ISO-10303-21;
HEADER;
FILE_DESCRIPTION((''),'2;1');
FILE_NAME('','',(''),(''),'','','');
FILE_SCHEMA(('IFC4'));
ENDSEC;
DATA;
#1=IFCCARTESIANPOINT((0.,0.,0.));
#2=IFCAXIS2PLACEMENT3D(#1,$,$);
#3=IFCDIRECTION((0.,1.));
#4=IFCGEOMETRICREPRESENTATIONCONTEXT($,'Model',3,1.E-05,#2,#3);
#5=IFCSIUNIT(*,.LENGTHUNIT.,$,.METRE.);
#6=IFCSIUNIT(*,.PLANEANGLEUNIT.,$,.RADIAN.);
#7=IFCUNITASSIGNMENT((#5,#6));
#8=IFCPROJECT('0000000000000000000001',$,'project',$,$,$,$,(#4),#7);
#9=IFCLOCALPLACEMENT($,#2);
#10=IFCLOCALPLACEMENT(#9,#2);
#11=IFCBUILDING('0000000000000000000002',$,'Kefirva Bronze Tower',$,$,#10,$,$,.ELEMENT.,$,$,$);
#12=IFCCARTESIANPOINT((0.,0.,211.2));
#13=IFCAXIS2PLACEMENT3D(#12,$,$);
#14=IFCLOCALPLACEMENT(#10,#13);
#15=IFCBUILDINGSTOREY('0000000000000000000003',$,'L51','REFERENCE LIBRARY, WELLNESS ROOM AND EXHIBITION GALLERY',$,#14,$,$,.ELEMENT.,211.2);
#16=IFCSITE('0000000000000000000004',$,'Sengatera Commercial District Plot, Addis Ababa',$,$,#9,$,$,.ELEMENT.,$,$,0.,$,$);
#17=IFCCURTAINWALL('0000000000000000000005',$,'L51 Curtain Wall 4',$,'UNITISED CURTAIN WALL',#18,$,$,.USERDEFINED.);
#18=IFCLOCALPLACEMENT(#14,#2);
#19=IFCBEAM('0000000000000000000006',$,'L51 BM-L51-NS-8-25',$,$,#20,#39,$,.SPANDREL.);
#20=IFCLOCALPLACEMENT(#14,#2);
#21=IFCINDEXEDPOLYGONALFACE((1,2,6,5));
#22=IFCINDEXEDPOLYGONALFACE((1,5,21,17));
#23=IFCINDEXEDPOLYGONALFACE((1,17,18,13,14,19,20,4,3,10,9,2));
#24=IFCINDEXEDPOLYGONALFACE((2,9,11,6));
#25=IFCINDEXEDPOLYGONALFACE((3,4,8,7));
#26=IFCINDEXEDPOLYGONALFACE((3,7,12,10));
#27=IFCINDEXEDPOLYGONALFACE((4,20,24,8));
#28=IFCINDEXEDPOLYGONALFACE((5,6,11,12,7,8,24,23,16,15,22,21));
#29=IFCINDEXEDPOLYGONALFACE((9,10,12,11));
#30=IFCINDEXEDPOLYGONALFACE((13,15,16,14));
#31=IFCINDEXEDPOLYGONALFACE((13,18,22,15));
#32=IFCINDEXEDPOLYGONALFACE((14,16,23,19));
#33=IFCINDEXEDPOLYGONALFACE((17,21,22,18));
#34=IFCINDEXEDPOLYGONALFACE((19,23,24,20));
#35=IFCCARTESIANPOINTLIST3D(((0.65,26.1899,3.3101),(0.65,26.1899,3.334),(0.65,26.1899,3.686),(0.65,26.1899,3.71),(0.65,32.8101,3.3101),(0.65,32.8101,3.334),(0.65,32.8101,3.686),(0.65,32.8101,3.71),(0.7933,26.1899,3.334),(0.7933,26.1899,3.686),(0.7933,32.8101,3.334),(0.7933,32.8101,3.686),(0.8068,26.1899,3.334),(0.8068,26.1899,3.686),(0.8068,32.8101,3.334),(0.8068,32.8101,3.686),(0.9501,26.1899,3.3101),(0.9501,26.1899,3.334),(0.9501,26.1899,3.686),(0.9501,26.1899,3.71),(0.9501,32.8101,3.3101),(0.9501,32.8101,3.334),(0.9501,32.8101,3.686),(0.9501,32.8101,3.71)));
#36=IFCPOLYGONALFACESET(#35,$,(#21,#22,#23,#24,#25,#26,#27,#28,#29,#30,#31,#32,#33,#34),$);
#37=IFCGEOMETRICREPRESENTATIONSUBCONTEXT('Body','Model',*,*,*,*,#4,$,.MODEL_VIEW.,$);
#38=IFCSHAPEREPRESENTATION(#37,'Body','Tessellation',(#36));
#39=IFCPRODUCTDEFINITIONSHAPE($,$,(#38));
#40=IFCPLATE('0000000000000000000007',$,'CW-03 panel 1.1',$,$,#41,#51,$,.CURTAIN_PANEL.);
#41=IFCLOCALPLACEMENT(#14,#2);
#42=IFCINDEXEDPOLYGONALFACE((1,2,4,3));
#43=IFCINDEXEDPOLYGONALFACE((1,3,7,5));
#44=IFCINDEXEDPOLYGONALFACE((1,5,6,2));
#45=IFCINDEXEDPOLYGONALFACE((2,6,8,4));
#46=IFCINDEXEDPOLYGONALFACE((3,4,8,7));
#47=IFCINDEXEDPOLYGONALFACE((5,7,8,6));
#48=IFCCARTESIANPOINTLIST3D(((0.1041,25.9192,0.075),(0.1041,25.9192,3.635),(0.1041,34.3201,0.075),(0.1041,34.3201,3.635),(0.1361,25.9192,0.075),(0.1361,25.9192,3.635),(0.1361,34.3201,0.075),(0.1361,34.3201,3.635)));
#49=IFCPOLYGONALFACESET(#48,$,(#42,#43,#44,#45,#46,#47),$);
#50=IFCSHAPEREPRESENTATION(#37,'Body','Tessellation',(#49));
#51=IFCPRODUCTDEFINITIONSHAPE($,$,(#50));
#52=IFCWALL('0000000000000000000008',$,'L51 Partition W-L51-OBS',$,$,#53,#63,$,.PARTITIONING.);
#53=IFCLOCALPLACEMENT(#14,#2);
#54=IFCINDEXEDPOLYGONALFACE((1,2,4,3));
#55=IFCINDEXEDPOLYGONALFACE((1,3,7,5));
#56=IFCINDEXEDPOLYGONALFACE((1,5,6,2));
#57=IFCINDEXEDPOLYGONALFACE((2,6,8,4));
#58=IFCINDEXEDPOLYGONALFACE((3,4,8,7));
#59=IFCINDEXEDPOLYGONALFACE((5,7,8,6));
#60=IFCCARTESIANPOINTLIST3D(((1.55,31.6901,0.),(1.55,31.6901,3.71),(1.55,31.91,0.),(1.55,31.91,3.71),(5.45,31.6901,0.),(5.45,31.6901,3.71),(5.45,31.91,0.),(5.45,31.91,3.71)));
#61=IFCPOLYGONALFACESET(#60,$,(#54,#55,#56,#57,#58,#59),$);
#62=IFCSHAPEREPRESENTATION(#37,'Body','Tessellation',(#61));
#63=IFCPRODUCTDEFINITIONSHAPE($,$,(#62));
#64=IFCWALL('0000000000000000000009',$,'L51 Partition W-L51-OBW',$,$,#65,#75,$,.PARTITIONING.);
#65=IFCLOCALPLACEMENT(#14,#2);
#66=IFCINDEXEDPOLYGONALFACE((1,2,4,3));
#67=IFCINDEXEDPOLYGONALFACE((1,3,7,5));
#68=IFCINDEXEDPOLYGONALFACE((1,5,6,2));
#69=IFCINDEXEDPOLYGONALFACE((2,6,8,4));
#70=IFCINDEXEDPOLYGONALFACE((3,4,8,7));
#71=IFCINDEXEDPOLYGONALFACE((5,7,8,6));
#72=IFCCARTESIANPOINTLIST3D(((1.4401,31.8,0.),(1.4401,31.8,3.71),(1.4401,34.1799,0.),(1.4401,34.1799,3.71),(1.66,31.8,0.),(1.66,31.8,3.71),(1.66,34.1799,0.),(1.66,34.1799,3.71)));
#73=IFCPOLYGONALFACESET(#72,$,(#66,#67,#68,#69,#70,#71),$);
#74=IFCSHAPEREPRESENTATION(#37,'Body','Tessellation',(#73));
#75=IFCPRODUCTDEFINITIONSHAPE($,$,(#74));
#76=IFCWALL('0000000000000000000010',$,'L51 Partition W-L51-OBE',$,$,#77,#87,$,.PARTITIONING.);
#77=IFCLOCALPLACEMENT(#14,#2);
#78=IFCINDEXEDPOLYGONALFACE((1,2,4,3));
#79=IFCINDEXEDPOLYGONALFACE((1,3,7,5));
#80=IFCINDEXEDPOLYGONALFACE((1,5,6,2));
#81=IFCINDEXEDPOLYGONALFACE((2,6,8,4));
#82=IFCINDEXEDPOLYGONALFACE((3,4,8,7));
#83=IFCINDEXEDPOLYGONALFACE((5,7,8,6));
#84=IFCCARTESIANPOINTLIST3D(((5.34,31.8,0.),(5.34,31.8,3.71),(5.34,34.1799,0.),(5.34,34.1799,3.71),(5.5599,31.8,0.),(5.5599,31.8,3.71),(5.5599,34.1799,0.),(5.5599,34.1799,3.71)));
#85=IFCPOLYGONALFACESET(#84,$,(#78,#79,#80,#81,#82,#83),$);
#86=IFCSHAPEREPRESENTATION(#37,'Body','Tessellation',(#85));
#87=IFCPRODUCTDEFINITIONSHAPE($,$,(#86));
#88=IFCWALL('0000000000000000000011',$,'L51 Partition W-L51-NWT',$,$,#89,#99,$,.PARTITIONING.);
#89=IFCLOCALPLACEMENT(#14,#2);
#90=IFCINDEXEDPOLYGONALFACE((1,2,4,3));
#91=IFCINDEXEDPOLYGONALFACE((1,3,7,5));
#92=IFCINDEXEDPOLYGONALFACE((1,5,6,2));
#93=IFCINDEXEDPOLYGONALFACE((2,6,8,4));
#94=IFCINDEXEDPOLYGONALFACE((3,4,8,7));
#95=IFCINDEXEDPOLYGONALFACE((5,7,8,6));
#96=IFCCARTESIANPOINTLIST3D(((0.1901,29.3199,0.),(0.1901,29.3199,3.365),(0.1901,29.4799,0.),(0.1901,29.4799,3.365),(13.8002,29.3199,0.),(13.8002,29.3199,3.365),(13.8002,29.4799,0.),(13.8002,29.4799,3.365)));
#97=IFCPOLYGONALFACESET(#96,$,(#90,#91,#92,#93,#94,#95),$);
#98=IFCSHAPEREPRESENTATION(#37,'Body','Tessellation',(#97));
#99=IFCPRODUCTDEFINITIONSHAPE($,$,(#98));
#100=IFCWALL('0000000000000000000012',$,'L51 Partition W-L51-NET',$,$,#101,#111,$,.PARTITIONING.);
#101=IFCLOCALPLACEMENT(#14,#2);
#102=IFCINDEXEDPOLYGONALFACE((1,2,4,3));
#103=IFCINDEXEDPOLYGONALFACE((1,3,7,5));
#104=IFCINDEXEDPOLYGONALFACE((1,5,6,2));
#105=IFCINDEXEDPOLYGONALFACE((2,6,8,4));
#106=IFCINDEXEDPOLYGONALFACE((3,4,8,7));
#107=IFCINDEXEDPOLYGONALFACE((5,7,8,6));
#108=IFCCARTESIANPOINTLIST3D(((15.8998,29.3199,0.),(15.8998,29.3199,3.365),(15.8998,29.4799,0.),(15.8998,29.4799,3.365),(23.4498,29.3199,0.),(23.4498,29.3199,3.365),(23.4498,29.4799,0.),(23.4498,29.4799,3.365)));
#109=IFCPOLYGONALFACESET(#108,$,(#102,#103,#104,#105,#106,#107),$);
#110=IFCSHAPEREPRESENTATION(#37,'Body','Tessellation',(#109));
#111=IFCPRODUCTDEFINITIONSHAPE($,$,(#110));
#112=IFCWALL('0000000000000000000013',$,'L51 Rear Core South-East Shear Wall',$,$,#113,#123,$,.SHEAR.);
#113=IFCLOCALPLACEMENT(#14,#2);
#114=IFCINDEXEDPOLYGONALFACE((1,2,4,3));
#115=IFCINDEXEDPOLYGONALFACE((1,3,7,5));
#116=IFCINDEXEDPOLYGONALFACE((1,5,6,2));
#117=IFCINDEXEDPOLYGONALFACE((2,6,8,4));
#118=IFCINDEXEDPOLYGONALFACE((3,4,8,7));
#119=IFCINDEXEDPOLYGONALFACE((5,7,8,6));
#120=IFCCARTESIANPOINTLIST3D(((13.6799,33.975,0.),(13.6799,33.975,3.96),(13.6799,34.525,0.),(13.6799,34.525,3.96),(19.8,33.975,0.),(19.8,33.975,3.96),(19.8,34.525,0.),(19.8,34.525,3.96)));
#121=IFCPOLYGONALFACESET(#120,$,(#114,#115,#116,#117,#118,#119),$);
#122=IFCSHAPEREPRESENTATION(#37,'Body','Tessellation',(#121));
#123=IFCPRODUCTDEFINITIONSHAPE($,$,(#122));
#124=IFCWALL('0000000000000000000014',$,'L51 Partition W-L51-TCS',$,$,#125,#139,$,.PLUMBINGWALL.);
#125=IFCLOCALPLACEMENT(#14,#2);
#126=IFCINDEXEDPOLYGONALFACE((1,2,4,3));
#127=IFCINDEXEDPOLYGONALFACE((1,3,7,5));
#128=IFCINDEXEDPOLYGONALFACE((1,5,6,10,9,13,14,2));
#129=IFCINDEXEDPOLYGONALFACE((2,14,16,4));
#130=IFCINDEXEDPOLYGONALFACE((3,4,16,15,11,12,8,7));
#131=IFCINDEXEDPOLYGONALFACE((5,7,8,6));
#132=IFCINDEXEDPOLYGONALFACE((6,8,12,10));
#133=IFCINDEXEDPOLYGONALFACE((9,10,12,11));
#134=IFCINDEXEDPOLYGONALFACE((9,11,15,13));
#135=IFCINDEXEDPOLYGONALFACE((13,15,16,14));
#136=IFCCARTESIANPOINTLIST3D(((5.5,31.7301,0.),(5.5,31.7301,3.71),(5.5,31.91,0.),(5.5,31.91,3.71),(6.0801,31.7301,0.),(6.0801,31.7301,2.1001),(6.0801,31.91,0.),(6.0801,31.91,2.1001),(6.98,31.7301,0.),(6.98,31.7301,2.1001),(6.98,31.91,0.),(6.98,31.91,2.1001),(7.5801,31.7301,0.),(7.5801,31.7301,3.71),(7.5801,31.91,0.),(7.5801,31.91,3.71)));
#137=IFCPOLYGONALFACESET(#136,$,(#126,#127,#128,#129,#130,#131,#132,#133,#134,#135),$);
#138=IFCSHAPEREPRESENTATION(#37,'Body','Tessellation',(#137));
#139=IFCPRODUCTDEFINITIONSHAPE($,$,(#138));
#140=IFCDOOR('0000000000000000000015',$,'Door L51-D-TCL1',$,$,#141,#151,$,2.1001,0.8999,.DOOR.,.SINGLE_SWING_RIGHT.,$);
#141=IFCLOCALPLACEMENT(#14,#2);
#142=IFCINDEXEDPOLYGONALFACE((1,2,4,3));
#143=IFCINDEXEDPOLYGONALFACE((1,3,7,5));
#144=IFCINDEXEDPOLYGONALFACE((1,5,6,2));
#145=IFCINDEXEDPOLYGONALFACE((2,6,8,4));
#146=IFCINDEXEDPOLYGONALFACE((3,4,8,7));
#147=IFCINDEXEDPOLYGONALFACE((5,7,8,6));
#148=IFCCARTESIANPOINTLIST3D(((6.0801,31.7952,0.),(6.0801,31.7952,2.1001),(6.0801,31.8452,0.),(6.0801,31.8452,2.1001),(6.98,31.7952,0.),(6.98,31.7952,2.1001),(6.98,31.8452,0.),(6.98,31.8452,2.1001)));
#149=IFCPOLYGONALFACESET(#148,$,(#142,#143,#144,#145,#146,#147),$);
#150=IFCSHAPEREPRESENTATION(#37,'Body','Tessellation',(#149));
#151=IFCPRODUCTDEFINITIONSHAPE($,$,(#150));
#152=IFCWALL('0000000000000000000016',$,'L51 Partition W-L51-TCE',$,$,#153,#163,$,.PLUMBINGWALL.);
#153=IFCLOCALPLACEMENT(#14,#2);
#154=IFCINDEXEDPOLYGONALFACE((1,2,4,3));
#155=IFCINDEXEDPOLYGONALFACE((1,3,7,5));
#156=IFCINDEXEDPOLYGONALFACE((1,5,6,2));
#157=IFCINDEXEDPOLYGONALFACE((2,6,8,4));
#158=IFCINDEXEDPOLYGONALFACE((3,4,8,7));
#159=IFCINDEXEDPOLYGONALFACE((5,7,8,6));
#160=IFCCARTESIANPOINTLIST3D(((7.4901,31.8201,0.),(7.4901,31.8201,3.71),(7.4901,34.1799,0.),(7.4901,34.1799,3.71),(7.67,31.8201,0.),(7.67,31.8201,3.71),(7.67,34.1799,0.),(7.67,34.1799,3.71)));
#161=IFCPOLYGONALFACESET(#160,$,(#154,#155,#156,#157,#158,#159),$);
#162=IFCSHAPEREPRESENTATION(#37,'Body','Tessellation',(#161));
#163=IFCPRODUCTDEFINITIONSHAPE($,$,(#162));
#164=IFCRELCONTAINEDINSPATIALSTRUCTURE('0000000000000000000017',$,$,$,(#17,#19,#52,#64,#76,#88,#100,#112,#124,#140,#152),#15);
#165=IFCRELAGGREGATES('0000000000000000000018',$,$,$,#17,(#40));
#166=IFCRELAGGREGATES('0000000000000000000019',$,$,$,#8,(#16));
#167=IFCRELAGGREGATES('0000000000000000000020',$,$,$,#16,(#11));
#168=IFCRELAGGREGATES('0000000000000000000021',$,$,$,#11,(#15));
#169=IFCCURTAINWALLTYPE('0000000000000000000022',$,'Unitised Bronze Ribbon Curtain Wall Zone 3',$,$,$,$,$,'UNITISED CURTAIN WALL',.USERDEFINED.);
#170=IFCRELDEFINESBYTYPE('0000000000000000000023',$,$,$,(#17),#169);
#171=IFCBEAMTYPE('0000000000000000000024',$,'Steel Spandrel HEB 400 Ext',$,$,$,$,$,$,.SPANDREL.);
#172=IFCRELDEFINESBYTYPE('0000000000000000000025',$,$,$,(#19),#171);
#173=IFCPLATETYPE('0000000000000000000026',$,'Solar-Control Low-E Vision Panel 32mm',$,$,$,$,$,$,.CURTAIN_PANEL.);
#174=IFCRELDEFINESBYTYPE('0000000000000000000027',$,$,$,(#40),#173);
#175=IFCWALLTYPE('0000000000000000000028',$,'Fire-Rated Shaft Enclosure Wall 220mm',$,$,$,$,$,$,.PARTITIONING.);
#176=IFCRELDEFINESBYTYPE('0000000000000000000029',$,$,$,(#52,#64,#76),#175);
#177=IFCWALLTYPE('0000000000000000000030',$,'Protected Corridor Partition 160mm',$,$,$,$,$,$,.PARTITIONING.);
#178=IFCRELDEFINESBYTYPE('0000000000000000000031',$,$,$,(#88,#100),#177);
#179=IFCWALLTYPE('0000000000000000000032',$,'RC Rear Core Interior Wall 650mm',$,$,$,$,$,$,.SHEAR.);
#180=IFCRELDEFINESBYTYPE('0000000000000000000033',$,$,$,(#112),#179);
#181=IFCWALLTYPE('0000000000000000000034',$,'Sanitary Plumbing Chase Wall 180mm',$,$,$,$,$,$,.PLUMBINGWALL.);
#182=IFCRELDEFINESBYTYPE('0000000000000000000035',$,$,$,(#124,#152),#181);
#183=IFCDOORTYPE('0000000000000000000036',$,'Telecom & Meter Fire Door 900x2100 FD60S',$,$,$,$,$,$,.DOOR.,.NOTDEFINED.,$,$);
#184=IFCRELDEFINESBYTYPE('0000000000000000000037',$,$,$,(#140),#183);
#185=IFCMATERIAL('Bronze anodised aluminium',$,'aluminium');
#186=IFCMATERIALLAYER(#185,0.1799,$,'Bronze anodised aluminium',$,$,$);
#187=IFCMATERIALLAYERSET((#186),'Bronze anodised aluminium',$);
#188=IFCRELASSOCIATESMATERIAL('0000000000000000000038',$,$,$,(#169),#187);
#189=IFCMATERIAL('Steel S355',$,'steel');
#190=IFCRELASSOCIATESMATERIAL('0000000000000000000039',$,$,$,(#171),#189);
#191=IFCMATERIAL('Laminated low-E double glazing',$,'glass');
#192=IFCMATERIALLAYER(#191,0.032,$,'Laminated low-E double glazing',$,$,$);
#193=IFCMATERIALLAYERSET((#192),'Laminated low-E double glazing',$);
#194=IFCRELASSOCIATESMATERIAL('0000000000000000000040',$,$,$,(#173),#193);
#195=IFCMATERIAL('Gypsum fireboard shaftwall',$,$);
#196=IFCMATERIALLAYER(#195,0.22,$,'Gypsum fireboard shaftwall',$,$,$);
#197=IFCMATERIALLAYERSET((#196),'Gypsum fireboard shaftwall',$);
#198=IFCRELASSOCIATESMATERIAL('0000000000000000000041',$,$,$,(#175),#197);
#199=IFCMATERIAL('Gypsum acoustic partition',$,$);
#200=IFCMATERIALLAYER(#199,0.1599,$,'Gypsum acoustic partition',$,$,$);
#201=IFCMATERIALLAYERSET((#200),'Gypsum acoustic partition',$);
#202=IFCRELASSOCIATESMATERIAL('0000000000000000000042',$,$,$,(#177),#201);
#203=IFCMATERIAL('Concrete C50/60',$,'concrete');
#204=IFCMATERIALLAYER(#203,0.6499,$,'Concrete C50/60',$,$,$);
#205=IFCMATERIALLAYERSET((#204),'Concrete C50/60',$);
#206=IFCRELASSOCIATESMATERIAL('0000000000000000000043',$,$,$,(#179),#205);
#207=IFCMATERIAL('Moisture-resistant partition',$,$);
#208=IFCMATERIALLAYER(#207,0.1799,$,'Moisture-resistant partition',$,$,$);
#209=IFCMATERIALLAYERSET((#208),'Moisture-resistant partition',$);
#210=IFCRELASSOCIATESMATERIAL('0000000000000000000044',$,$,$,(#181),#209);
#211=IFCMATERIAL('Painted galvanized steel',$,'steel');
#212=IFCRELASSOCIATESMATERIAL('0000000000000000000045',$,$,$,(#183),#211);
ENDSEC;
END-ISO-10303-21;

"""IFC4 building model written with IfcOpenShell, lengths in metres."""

from ifc_helpers import new_model, si_unit, direction, frame, frame_2d, origin, origin_2d, place, context, subcontext, project, spatial, rectangle, i_section, extrude, material, layer, layer_set, material_profile, profile_set, type_object, element, fill, aggregate, save


model = new_model("IFC4")

# Units and contexts
model_context = context("Model", 3, precision=1e-05, world=origin(), true_north=direction((0.0, 1.0)))
body_context = subcontext(model_context, "Body", "Model", "MODEL_VIEW")
ifc_project = project(units=[si_unit("LENGTHUNIT", "METRE"), si_unit("PLANEANGLEUNIT", "RADIAN")], contexts=[model_context])

# Site, building, storey
site_placement = place(None, origin())
site = spatial("IfcSite", under=ifc_project, at=site_placement, Name="Sengatera Commercial District Plot, Addis Ababa", CompositionType="ELEMENT", RefElevation=0.0)
building_placement = place(site_placement, origin())
building = spatial("IfcBuilding", under=site, at=building_placement, Name="Kefirva Bronze Tower", CompositionType="ELEMENT")
storey_placement = place(building_placement, frame((0.0, 0.0, 211.2)))
storey = spatial("IfcBuildingStorey", under=building, at=storey_placement, Name="L51", Description="REFERENCE LIBRARY, WELLNESS ROOM AND EXHIBITION GALLERY", CompositionType="ELEMENT", Elevation=211.2)

# Shared definitions
ifc_material_1 = material(Name="Concrete C50/60", Category="concrete")

# Curtain wall
ifc_material_2 = material(Name="Bronze anodised aluminium", Category="aluminium")
ifc_layer_1 = layer(ifc_material_2, 0.1799, Name="Bronze anodised aluminium")
ifc_layer_set_1 = layer_set([ifc_layer_1], Name="Bronze anodised aluminium")
curtain_wall_type = type_object("IfcCurtainWallType", Name="Unitised Bronze Ribbon Curtain Wall Zone 3", ElementType="UNITISED CURTAIN WALL", PredefinedType="USERDEFINED", material=ifc_layer_set_1)
curtain_wall_placement = place(storey_placement, origin())
curtain_wall = element("IfcCurtainWall", 1, at=curtain_wall_placement, inside=storey, type_object=curtain_wall_type, Name="L51 Curtain Wall 4", ObjectType="UNITISED CURTAIN WALL", PredefinedType="USERDEFINED")

# Beam
ifc_material_3 = material(Name="Steel S355", Category="steel")
ifc_material_profile_1 = material_profile(ifc_material_3, i_section(OverallWidth=0.3, OverallDepth=0.3999, WebThickness=0.0134, FlangeThickness=0.0239, at=origin_2d()), Name="HEB 400")
ifc_profile_set_1 = profile_set([ifc_material_profile_1], Name="Steel S355")
beam_type_1 = type_object("IfcBeamType", Name="Steel Spandrel HEB 400 Ext", PredefinedType="SPANDREL", material=ifc_profile_set_1)
beam_1_placement = place(storey_placement, frame((0.8, 26.1899, 3.51), z_axis=(0.0, 1.0, 0.0), x_axis=(-1.0, 0.0, 0.0)))
element("IfcBeam", 2, at=beam_1_placement, inside=storey, type_object=beam_type_1, Name="L51 BM-L51-NS-8-25", PredefinedType="SPANDREL", context=body_context, shape_type="SweptSolid", body=[
    extrude(i_section(OverallWidth=0.3, OverallDepth=0.3999, WebThickness=0.0134, FlangeThickness=0.0239, at=origin_2d()), origin(), (0.0, 0.0, 1.0), 6.6201),
])

# Plate
ifc_material_4 = material(Name="Laminated low-E double glazing", Category="glass")
ifc_layer_2 = layer(ifc_material_4, 0.032, Name="Laminated low-E double glazing")
ifc_layer_set_2 = layer_set([ifc_layer_2], Name="Laminated low-E double glazing")
plate_type = type_object("IfcPlateType", Name="Solar-Control Low-E Vision Panel 32mm", PredefinedType="CURTAIN_PANEL", material=ifc_layer_set_2)
plate_placement = place(storey_placement, frame((0.1201, 30.1196, 0.075), z_axis=(0.0, 0.0, 1.0), x_axis=(0.0, -1.0, 0.0)))
plate = element("IfcPlate", 3, at=plate_placement, type_object=plate_type, Name="CW-03 panel 1.1", PredefinedType="CURTAIN_PANEL", context=body_context, shape_type="SweptSolid", body=[
    extrude(rectangle(XDim=8.4009, YDim=0.032, at=origin_2d()), origin(), (0.0, 0.0, 1.0), 3.5601),
])
aggregate(curtain_wall, [plate])

# Walls
ifc_material_5 = material(Name="Gypsum fireboard shaftwall")
ifc_layer_3 = layer(ifc_material_5, 0.22, Name="Gypsum fireboard shaftwall")
ifc_layer_set_3 = layer_set([ifc_layer_3], Name="Gypsum fireboard shaftwall")
wall_type_1 = type_object("IfcWallType", Name="Fire-Rated Shaft Enclosure Wall 220mm", PredefinedType="PARTITIONING", material=ifc_layer_set_3)
wall_1_placement = place(storey_placement, frame((1.55, 31.8, 0.0), z_axis=(0.0, 0.0, 1.0), x_axis=(1.0, 0.0, 0.0)))
element("IfcWall", 4, at=wall_1_placement, inside=storey, type_object=wall_type_1, Name="L51 Partition W-L51-OBS", PredefinedType="PARTITIONING", context=body_context, shape_type="SweptSolid", body=[
    extrude(rectangle(XDim=3.8999, YDim=0.22, at=frame_2d((1.95, 0.0))), origin(), (0.0, 0.0, 1.0), 3.71),
])
for number, where, z_axis, x_axis, name in (
    (5, (1.55, 31.8, 0.0), (0.0, 0.0, 1.0), (0.0, 1.0, 0.0), "L51 Partition W-L51-OBW"),
    (6, (5.45, 31.8, 0.0), (0.0, 0.0, 1.0), (0.0, 1.0, 0.0), "L51 Partition W-L51-OBE"),
):
    element("IfcWall", number, at=place(storey_placement, frame(where, z_axis=z_axis, x_axis=x_axis)), inside=storey, type_object=wall_type_1, Name=name, PredefinedType="PARTITIONING", context=body_context, shape_type="SweptSolid", body=[
        extrude(rectangle(XDim=2.3799, YDim=0.22, at=frame_2d((1.1899, 0.0))), origin(), (0.0, 0.0, 1.0), 3.71),
    ])
ifc_material_6 = material(Name="Gypsum acoustic partition")
ifc_layer_4 = layer(ifc_material_6, 0.1599, Name="Gypsum acoustic partition")
ifc_layer_set_4 = layer_set([ifc_layer_4], Name="Gypsum acoustic partition")
wall_type_2 = type_object("IfcWallType", Name="Protected Corridor Partition 160mm", PredefinedType="PARTITIONING", material=ifc_layer_set_4)
wall_2_placement = place(storey_placement, frame((0.1899, 29.3999, 0.0), z_axis=(0.0, 0.0, 1.0), x_axis=(1.0, 0.0, 0.0)))
element("IfcWall", 7, at=wall_2_placement, inside=storey, type_object=wall_type_2, Name="L51 Partition W-L51-NWT", PredefinedType="PARTITIONING", context=body_context, shape_type="SweptSolid", body=[
    extrude(rectangle(XDim=13.6101, YDim=0.1599, at=frame_2d((6.8052, 0.0))), origin(), (0.0, 0.0, 1.0), 3.365),
])
wall_3_placement = place(storey_placement, frame((15.8999, 29.3999, 0.0), z_axis=(0.0, 0.0, 1.0), x_axis=(1.0, 0.0, 0.0)))
element("IfcWall", 8, at=wall_3_placement, inside=storey, type_object=wall_type_2, Name="L51 Partition W-L51-NET", PredefinedType="PARTITIONING", context=body_context, shape_type="SweptSolid", body=[
    extrude(rectangle(XDim=7.55, YDim=0.1599, at=frame_2d((3.7749, 0.0))), origin(), (0.0, 0.0, 1.0), 3.365),
])

# Shared definitions
ifc_layer_5 = layer(ifc_material_1, 0.6499, Name="Concrete C50/60")
ifc_layer_set_5 = layer_set([ifc_layer_5], Name="Concrete C50/60")
wall_type_3 = type_object("IfcWallType", Name="RC Rear Core Interior Wall 650mm", PredefinedType="SHEAR", material=ifc_layer_set_5)
ifc_material_7 = material(Name="Painted galvanized steel", Category="steel")

# Wall
wall_4_placement = place(storey_placement, frame((13.6799, 34.25, 0.0), z_axis=(0.0, 0.0, 1.0), x_axis=(1.0, 0.0, 0.0)))
element("IfcWall", 9, at=wall_4_placement, inside=storey, type_object=wall_type_3, Name="L51 Rear Core South-East Shear Wall", PredefinedType="SHEAR", context=body_context, shape_type="SweptSolid", body=[
    extrude(rectangle(XDim=6.1201, YDim=0.55, at=frame_2d((3.0601, 0.0))), origin(), (0.0, 0.0, 1.0), 3.96),
])

# Wall, opening, door
ifc_material_8 = material(Name="Moisture-resistant partition")
ifc_layer_6 = layer(ifc_material_8, 0.1799, Name="Moisture-resistant partition")
ifc_layer_set_6 = layer_set([ifc_layer_6], Name="Moisture-resistant partition")
wall_type_4 = type_object("IfcWallType", Name="Sanitary Plumbing Chase Wall 180mm", PredefinedType="PLUMBINGWALL", material=ifc_layer_set_6)
wall_5_placement = place(storey_placement, frame((5.5, 31.8201, 0.0), z_axis=(0.0, 0.0, 1.0), x_axis=(1.0, 0.0, 0.0)))
wall_5 = element("IfcWall", 10, at=wall_5_placement, inside=storey, type_object=wall_type_4, Name="L51 Partition W-L51-TCS", PredefinedType="PLUMBINGWALL", context=body_context, shape_type="SweptSolid", body=[
    extrude(rectangle(XDim=2.0801, YDim=0.1799, at=frame_2d((1.04, 0.0))), origin(), (0.0, 0.0, 1.0), 3.71),
])
opening_1_placement = place(wall_5_placement, frame((1.48, 0.0, 0.0), z_axis=(0.0, 0.0, 1.0), x_axis=(-1.0, 0.0, 0.0)))
opening_1 = element("IfcOpeningElement", 11, at=opening_1_placement, cuts=wall_5, PredefinedType="OPENING", context=body_context, shape_type="SweptSolid", body=[
    extrude(rectangle(XDim=0.8999, YDim=2.1001, at=frame_2d((0.45, 1.05))), frame((0.0, 0.1001, 0.0), z_axis=(0.0, -1.0, 0.0), x_axis=(1.0, 0.0, 0.0)), (0.0, 0.0, 1.0), 0.2),
])
door_type_1 = type_object("IfcDoorType", Name="Telecom & Meter Fire Door 900x2100 FD60S", OperationType="NOTDEFINED", PredefinedType="DOOR", material=ifc_material_7)
door_1_placement = place(opening_1_placement, origin())
door_1 = element("IfcDoor", 12, at=door_1_placement, inside=storey, type_object=door_type_1, Name="Door L51-D-TCL1", OperationType="SINGLE_SWING_RIGHT", OverallHeight=2.1001, OverallWidth=0.8999, PredefinedType="DOOR", context=body_context, shape_type="SweptSolid", body=[
    extrude(rectangle(XDim=0.8999, YDim=2.1001, at=frame_2d((0.45, 1.05))), frame((0.0, 0.0249, 0.0), z_axis=(0.0, -1.0, 0.0), x_axis=(1.0, 0.0, 0.0)), (0.0, 0.0, 1.0), 0.05),
])
fill(opening_1, door_1)

# Wall
wall_6_placement = place(storey_placement, frame((7.5801, 31.8201, 0.0), z_axis=(0.0, 0.0, 1.0), x_axis=(0.0, 1.0, 0.0)))
element("IfcWall", 13, at=wall_6_placement, inside=storey, type_object=wall_type_4, Name="L51 Partition W-L51-TCE", PredefinedType="PLUMBINGWALL", context=body_context, shape_type="SweptSolid", body=[
    extrude(rectangle(XDim=2.3599, YDim=0.1799, at=frame_2d((1.1799, 0.0))), origin(), (0.0, 0.0, 1.0), 3.71),
])

save(model, "model.ifc")
